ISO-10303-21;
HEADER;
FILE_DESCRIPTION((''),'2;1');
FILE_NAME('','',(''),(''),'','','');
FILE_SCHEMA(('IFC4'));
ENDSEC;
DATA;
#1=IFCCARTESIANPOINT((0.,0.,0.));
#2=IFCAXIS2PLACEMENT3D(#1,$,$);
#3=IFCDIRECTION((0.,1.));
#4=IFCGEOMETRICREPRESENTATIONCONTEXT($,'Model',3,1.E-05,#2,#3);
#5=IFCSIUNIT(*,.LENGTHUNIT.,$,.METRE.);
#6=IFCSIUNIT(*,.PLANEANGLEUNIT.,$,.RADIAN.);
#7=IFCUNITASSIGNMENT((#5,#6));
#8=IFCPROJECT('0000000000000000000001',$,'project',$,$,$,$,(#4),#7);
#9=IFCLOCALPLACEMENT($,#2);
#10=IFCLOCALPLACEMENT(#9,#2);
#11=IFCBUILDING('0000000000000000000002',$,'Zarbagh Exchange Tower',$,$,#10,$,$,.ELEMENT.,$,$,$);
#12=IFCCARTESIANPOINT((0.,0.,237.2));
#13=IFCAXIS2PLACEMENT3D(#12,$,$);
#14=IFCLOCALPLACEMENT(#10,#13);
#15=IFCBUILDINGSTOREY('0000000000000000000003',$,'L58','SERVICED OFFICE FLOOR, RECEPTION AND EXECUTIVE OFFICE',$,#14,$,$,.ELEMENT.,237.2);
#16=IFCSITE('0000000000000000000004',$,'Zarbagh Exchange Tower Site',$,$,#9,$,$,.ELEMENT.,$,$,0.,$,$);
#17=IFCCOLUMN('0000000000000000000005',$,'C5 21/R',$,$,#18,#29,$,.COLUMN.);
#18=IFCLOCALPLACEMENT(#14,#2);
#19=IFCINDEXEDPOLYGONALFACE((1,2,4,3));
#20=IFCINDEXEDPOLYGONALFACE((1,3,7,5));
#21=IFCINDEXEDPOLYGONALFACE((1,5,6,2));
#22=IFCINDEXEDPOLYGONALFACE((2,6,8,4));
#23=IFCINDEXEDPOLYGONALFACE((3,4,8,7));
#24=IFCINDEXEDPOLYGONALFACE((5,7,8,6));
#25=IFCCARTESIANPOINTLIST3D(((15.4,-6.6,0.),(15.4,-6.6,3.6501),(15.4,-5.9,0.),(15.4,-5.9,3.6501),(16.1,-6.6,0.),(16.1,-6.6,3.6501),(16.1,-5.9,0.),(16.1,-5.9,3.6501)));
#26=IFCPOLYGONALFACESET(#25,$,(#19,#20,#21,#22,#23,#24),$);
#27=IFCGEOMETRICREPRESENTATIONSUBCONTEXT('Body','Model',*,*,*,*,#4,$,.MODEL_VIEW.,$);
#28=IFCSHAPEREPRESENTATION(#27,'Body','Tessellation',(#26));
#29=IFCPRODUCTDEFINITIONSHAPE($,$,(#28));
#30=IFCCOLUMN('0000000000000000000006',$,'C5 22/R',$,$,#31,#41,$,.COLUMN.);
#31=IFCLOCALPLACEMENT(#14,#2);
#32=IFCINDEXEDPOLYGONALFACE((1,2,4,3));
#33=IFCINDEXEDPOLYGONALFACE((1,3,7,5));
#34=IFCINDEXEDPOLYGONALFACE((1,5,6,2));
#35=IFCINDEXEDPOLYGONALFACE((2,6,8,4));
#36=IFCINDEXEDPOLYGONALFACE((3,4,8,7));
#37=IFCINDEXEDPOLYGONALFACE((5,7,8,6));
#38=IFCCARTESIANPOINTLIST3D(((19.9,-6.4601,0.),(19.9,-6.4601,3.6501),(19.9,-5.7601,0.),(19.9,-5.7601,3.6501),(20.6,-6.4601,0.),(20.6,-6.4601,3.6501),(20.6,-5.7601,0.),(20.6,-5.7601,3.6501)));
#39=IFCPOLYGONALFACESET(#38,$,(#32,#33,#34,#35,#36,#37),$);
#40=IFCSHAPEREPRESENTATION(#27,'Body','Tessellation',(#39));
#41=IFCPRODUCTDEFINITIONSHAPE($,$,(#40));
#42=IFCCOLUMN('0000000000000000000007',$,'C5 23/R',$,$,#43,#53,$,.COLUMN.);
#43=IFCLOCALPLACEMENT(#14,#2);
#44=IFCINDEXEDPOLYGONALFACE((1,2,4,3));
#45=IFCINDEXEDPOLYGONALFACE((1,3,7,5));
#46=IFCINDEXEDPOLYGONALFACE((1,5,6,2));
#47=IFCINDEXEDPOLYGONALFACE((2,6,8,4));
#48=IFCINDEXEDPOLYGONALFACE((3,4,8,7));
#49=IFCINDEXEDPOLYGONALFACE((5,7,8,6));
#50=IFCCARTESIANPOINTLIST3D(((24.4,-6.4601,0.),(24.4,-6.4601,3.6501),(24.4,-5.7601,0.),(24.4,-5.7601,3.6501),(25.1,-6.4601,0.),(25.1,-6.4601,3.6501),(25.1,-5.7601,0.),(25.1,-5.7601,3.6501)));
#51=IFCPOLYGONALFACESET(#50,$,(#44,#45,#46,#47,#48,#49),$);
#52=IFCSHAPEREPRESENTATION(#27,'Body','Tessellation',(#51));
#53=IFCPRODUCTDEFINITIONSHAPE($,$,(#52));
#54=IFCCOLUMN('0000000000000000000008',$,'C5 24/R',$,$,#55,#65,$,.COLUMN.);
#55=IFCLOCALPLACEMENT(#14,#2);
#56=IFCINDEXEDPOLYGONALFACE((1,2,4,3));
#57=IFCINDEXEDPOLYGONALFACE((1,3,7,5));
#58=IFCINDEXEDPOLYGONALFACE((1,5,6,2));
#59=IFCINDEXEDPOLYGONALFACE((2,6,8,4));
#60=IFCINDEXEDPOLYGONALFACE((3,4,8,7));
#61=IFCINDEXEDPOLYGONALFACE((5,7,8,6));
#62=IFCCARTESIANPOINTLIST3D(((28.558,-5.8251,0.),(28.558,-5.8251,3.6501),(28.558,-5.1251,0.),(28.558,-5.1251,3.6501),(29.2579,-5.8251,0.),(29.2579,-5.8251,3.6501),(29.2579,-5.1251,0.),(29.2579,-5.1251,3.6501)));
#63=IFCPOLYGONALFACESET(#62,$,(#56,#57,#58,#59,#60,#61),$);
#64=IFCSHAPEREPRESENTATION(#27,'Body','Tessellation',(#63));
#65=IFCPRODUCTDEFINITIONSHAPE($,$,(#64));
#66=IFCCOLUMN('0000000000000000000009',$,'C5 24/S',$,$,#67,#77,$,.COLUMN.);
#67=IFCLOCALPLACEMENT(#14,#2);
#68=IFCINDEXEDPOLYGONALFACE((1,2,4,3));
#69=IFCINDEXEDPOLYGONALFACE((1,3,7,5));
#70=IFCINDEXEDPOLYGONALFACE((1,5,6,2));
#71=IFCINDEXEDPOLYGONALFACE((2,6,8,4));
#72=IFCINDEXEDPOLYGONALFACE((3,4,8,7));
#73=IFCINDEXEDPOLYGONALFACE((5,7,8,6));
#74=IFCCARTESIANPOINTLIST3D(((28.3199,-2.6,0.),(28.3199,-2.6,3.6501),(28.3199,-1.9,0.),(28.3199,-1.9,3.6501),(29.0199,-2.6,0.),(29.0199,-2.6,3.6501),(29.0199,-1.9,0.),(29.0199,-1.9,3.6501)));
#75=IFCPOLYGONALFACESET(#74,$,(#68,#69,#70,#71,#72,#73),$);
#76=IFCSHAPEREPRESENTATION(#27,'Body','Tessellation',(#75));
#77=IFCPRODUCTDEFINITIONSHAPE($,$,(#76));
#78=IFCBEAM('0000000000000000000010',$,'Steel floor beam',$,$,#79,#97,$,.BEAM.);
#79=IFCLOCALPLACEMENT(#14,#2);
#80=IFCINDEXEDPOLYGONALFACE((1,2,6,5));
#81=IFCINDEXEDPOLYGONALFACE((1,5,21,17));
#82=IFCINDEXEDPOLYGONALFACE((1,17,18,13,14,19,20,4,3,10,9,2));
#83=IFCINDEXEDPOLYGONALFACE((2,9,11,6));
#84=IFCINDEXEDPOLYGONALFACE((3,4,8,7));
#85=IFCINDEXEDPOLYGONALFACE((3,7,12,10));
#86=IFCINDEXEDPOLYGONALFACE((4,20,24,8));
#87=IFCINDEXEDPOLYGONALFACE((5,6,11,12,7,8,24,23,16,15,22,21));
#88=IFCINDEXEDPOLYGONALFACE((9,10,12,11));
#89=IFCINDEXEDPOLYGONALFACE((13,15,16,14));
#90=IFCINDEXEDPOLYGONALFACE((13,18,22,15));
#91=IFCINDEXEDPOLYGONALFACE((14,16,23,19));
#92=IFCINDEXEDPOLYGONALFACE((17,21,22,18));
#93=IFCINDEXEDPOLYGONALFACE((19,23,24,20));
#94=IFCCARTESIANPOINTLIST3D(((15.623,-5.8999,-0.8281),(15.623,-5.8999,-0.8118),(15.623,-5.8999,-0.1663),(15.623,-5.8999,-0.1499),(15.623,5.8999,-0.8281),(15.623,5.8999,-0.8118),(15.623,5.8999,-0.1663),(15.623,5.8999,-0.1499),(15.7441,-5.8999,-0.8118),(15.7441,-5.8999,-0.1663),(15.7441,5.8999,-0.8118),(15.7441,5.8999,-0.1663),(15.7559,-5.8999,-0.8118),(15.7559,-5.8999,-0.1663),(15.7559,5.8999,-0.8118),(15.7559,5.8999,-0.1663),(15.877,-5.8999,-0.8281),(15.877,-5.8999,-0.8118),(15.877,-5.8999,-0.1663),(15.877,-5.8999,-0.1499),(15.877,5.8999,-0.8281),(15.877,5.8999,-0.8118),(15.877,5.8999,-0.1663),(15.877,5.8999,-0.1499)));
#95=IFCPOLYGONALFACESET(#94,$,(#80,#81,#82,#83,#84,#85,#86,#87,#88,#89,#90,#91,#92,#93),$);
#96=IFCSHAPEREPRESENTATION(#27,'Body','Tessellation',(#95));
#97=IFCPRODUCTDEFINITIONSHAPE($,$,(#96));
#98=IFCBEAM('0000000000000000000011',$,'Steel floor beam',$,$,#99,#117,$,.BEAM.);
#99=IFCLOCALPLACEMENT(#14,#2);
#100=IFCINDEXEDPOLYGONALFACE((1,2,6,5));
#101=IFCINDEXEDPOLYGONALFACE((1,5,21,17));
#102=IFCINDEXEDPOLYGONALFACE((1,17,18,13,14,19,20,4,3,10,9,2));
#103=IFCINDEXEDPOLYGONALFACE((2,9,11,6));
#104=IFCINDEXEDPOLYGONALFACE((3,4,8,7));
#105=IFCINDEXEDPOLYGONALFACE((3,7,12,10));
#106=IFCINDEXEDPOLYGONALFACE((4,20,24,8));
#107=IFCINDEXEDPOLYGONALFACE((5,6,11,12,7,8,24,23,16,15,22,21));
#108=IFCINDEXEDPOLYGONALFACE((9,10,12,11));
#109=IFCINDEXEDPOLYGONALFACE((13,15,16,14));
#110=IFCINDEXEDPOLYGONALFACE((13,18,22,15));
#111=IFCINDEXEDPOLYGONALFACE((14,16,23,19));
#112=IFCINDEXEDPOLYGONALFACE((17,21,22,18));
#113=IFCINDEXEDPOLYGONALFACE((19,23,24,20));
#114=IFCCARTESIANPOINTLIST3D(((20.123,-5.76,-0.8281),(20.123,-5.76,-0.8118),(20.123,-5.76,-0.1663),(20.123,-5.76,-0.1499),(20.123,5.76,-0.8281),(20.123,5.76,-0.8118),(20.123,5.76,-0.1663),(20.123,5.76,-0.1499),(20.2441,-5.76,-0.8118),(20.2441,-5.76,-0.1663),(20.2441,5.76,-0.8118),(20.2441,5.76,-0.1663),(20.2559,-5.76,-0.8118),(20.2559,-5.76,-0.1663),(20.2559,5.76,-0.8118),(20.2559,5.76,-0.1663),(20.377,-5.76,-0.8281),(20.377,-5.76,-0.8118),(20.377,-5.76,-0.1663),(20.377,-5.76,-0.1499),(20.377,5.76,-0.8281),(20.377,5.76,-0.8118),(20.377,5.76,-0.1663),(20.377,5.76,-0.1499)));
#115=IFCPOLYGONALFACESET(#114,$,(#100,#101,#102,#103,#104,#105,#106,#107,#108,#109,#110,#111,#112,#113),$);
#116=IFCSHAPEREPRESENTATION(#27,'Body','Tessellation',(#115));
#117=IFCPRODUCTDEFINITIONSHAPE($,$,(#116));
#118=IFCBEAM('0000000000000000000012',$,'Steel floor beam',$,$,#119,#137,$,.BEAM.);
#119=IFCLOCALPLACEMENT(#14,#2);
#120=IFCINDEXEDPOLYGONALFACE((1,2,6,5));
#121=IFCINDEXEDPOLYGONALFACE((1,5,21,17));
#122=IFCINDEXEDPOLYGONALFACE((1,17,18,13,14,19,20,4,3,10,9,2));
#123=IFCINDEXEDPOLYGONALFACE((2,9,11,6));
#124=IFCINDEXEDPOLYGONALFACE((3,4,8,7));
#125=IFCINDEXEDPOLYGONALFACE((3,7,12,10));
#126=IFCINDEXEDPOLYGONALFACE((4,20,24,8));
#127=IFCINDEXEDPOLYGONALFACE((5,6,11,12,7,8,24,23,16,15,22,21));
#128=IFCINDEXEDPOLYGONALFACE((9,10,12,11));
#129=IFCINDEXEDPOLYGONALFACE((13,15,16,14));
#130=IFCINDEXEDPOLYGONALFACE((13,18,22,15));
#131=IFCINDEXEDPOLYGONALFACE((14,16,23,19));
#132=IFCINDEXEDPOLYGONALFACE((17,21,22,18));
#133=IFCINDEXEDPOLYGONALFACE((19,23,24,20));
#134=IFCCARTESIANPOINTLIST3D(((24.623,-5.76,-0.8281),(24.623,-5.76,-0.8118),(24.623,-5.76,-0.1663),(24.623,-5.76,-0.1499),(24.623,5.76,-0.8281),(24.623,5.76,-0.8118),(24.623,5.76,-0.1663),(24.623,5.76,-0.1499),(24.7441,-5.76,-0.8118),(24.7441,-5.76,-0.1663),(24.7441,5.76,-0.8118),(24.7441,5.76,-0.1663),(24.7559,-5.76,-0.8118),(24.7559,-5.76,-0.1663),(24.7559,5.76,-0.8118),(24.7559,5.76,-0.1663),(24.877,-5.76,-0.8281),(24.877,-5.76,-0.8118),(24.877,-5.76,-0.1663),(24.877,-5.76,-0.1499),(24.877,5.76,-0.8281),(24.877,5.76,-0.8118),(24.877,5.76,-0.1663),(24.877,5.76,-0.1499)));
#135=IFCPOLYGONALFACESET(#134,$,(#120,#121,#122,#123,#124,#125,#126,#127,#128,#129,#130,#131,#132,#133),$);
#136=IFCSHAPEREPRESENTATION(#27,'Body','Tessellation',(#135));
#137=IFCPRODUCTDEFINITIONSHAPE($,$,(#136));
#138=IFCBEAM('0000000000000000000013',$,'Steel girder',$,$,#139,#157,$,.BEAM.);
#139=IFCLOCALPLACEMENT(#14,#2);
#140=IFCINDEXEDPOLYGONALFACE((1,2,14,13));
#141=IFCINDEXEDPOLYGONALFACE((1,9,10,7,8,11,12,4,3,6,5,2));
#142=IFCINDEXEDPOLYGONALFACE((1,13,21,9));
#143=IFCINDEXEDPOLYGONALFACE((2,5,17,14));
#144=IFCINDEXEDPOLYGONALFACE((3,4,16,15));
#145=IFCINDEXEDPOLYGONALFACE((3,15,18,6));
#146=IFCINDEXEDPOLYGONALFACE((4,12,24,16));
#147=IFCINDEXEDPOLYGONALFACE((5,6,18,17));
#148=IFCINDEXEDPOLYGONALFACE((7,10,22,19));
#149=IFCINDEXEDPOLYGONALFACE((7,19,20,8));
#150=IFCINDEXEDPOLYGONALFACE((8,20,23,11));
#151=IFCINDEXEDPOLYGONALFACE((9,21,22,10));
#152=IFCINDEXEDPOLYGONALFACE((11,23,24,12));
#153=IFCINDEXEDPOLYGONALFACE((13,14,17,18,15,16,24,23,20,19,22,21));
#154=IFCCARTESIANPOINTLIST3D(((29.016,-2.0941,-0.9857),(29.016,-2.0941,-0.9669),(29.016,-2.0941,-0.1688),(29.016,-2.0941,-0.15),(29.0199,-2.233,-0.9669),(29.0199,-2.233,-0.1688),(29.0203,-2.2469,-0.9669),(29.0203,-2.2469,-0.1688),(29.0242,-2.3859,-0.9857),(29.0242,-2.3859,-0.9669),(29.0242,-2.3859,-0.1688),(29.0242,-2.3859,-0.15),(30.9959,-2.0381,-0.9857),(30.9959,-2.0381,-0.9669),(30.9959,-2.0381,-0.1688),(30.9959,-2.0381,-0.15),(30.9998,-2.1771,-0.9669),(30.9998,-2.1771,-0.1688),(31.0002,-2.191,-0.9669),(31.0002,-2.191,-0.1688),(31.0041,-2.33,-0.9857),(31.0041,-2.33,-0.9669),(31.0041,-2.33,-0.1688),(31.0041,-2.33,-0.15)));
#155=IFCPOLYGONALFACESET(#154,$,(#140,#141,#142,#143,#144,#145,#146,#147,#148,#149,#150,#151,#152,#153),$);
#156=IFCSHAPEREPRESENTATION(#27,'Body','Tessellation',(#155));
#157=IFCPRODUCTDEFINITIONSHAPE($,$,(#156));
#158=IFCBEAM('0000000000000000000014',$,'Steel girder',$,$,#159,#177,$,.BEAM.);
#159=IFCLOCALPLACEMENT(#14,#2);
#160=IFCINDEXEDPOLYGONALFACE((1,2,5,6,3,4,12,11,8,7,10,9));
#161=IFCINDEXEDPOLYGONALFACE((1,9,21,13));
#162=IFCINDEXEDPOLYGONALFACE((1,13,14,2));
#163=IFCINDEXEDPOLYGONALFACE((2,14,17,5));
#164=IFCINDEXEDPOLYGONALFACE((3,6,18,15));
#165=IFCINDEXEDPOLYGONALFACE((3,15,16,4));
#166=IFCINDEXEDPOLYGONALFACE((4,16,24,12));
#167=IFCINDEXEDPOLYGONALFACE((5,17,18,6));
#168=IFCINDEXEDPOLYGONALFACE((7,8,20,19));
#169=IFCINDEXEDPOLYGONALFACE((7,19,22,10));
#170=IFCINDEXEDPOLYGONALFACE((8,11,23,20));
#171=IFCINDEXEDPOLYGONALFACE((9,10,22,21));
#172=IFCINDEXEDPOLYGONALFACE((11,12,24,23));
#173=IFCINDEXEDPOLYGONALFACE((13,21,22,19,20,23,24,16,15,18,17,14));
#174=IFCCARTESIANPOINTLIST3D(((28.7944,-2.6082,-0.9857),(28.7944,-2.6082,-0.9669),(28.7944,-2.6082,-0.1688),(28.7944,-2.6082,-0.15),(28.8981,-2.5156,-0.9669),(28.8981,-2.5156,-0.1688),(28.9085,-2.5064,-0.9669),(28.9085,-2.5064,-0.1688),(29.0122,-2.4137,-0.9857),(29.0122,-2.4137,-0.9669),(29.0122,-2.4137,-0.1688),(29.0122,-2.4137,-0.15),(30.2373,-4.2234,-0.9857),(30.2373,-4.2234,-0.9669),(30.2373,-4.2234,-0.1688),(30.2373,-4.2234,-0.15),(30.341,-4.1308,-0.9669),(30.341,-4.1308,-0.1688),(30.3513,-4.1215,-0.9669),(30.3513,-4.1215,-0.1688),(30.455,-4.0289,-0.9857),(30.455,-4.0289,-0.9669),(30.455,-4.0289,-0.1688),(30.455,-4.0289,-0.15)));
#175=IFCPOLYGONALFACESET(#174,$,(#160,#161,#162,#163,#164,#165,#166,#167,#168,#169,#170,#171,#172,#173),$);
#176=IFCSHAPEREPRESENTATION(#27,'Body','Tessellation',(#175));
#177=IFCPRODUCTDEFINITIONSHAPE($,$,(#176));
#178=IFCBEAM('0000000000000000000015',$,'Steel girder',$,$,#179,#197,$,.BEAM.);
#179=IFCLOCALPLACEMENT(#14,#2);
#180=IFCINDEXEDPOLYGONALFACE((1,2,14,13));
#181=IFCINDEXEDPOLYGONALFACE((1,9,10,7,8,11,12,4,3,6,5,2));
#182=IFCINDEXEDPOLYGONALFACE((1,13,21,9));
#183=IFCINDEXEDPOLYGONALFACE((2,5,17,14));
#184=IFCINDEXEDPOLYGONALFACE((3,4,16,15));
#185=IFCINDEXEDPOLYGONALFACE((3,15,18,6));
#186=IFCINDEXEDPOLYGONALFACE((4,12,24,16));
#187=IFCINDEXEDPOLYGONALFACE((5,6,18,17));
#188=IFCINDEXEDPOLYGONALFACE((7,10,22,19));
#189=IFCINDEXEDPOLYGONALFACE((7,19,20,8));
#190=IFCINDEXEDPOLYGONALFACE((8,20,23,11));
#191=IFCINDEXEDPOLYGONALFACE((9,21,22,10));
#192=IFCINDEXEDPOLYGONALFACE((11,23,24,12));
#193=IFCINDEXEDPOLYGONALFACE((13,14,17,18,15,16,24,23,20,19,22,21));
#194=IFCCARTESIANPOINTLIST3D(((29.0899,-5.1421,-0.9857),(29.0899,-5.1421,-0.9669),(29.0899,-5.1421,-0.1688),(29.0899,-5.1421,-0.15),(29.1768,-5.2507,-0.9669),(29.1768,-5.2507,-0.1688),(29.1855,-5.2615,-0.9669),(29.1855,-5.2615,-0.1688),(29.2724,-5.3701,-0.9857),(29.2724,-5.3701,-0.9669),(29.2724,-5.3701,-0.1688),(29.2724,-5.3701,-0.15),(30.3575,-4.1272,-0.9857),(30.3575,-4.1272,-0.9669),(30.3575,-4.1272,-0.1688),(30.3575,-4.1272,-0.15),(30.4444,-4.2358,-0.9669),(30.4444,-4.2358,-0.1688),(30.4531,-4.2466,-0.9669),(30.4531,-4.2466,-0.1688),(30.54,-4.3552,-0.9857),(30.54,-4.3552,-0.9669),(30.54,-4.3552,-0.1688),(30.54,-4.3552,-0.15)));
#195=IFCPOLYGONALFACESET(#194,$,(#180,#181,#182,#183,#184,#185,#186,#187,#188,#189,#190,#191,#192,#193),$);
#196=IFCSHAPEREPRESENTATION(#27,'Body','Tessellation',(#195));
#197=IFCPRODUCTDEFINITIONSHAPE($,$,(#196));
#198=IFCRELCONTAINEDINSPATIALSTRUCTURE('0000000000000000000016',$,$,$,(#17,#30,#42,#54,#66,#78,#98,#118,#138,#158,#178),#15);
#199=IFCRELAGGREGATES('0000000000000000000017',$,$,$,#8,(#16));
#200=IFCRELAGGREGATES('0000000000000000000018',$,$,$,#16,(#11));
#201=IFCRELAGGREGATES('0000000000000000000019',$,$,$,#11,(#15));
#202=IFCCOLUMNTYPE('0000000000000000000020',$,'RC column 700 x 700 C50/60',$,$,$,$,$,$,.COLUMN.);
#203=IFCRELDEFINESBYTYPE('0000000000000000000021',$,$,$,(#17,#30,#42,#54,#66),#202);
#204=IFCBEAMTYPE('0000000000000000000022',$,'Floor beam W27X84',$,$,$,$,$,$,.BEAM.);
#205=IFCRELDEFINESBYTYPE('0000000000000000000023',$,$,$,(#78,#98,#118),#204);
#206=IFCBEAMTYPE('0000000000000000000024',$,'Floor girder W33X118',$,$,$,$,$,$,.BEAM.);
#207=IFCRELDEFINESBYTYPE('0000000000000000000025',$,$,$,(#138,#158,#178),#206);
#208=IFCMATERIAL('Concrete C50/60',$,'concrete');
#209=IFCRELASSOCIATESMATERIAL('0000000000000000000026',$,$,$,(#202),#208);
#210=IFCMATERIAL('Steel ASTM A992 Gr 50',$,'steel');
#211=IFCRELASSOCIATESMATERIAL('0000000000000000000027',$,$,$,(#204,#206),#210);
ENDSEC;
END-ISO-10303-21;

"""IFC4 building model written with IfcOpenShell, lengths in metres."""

from ifc_helpers import new_model, si_unit, direction, frame, origin, origin_2d, place, context, subcontext, project, spatial, rectangle, i_section, extrude, material, material_profile, profile_set, type_object, element, save


model = new_model("IFC4")

# Units and contexts
model_context = context("Model", 3, precision=1e-05, world=origin(), true_north=direction((0.0, 1.0)))
body_context = subcontext(model_context, "Body", "Model", "MODEL_VIEW")
ifc_project = project(units=[si_unit("LENGTHUNIT", "METRE"), si_unit("PLANEANGLEUNIT", "RADIAN")], contexts=[model_context])

# Site, building, storey
site_placement = place(None, origin())
site = spatial("IfcSite", under=ifc_project, at=site_placement, Name="Zarbagh Exchange Tower Site", CompositionType="ELEMENT", RefElevation=0.0)
building_placement = place(site_placement, origin())
building = spatial("IfcBuilding", under=site, at=building_placement, Name="Zarbagh Exchange Tower", CompositionType="ELEMENT")
storey_placement = place(building_placement, frame((0.0, 0.0, 237.2)))
storey = spatial("IfcBuildingStorey", under=building, at=storey_placement, Name="L58", Description="SERVICED OFFICE FLOOR, RECEPTION AND EXECUTIVE OFFICE", CompositionType="ELEMENT", Elevation=237.2)

# Columns
ifc_material_1 = material(Name="Concrete C50/60", Category="concrete")
ifc_material_profile_1 = material_profile(ifc_material_1, rectangle(XDim=0.7, YDim=0.7, at=origin_2d()), Name="RC column 700 x 700 C50/60")
ifc_profile_set_1 = profile_set([ifc_material_profile_1], Name="Concrete C50/60")
column_type = type_object("IfcColumnType", Name="RC column 700 x 700 C50/60", PredefinedType="COLUMN", material=ifc_profile_set_1)
for number, where, z_axis, x_axis, name in (
    (1, (15.75, -6.25, 0.0), (0.0, 0.0, 1.0), (1.0, 0.0, 0.0), "C5 21/R"),
    (2, (20.25, -6.1101, 0.0), (0.0, 0.0, 1.0), (1.0, 0.0, 0.0), "C5 22/R"),
    (3, (24.75, -6.1101, 0.0), (0.0, 0.0, 1.0), (1.0, 0.0, 0.0), "C5 23/R"),
    (4, (28.908, -5.4751, 0.0), (0.0, 0.0, 1.0), (1.0, 0.0, 0.0), "C5 24/R"),
    (5, (28.6699, -2.25, 0.0), (0.0, 0.0, 1.0), (1.0, 0.0, 0.0), "C5 24/S"),
):
    element("IfcColumn", number, at=place(storey_placement, frame(where, z_axis=z_axis, x_axis=x_axis)), inside=storey, type_object=column_type, Name=name, PredefinedType="COLUMN", context=body_context, shape_type="SweptSolid", body=[
        extrude(rectangle(XDim=0.7, YDim=0.7, at=origin_2d()), origin(), (0.0, 0.0, 1.0), 3.6501),
    ])

# Beams
ifc_material_2 = material(Name="Steel ASTM A992 Gr 50", Category="steel")
ifc_material_profile_2 = material_profile(ifc_material_2, i_section(OverallWidth=0.2539, OverallDepth=0.6782, WebThickness=0.0117, FlangeThickness=0.0164, at=origin_2d()), Name="W27X84")
ifc_profile_set_2 = profile_set([ifc_material_profile_2], Name="Steel ASTM A992 Gr 50")
beam_type_1 = type_object("IfcBeamType", Name="Floor beam W27X84", PredefinedType="BEAM", material=ifc_profile_set_2)
beam_1_placement = place(storey_placement, frame((15.75, -5.8999, -0.489), z_axis=(0.0, 1.0, 0.0), x_axis=(-1.0, 0.0, 0.0)))
element("IfcBeam", 6, at=beam_1_placement, inside=storey, type_object=beam_type_1, Name="Steel floor beam", PredefinedType="BEAM", context=body_context, shape_type="SweptSolid", body=[
    extrude(i_section(OverallWidth=0.2539, OverallDepth=0.6782, WebThickness=0.0117, FlangeThickness=0.0164, at=origin_2d()), origin(), (0.0, 0.0, 1.0), 11.7998),
])
for number, where, z_axis, x_axis, name in (
    (7, (20.25, -5.76, -0.489), (0.0, 1.0, 0.0), (-1.0, 0.0, 0.0), "Steel floor beam"),
    (8, (24.75, -5.76, -0.489), (0.0, 1.0, 0.0), (-1.0, 0.0, 0.0), "Steel floor beam"),
):
    element("IfcBeam", number, at=place(storey_placement, frame(where, z_axis=z_axis, x_axis=x_axis)), inside=storey, type_object=beam_type_1, Name=name, PredefinedType="BEAM", context=body_context, shape_type="SweptSolid", body=[
        extrude(i_section(OverallWidth=0.2539, OverallDepth=0.6782, WebThickness=0.0117, FlangeThickness=0.0164, at=origin_2d()), origin(), (0.0, 0.0, 1.0), 11.52),
    ])
ifc_material_profile_3 = material_profile(ifc_material_2, i_section(OverallWidth=0.292, OverallDepth=0.8357, WebThickness=0.0139, FlangeThickness=0.0188, at=origin_2d()), Name="W33X118")
ifc_profile_set_3 = profile_set([ifc_material_profile_3], Name="Steel ASTM A992 Gr 50")
beam_type_2 = type_object("IfcBeamType", Name="Floor girder W33X118", PredefinedType="BEAM", material=ifc_profile_set_3)
beam_2_placement = place(storey_placement, frame((31.0, -2.1841, -0.5679), z_axis=(-0.999602, -0.028225, 0.0), x_axis=(0.028225, -0.999602, 0.0)))
element("IfcBeam", 9, at=beam_2_placement, inside=storey, type_object=beam_type_2, Name="Steel girder", PredefinedType="BEAM", context=body_context, shape_type="SweptSolid", body=[
    extrude(i_section(OverallWidth=0.292, OverallDepth=0.8357, WebThickness=0.0139, FlangeThickness=0.0188, at=origin_2d()), origin(), (0.0, 0.0, 1.0), 1.9807),
])
beam_3_placement = place(storey_placement, frame((28.9033, -2.511, -0.5679), z_axis=(0.666195, -0.745778, 0.0), x_axis=(0.745778, 0.666195, 0.0)))
element("IfcBeam", 10, at=beam_3_placement, inside=storey, type_object=beam_type_2, Name="Steel girder", PredefinedType="BEAM", context=body_context, shape_type="SweptSolid", body=[
    extrude(i_section(OverallWidth=0.292, OverallDepth=0.8357, WebThickness=0.0139, FlangeThickness=0.0188, at=origin_2d()), origin(), (0.0, 0.0, 1.0), 2.1658),
])
beam_4_placement = place(storey_placement, frame((30.4487, -4.2412, -0.5679), z_axis=(-0.780619, -0.625007, 0.0), x_axis=(0.625007, -0.780619, 0.0)))
element("IfcBeam", 11, at=beam_4_placement, inside=storey, type_object=beam_type_2, Name="Steel girder", PredefinedType="BEAM", context=body_context, shape_type="SweptSolid", body=[
    extrude(i_section(OverallWidth=0.292, OverallDepth=0.8357, WebThickness=0.0139, FlangeThickness=0.0188, at=origin_2d()), origin(), (0.0, 0.0, 1.0), 1.6238),
])

save(model, "model.ifc")
